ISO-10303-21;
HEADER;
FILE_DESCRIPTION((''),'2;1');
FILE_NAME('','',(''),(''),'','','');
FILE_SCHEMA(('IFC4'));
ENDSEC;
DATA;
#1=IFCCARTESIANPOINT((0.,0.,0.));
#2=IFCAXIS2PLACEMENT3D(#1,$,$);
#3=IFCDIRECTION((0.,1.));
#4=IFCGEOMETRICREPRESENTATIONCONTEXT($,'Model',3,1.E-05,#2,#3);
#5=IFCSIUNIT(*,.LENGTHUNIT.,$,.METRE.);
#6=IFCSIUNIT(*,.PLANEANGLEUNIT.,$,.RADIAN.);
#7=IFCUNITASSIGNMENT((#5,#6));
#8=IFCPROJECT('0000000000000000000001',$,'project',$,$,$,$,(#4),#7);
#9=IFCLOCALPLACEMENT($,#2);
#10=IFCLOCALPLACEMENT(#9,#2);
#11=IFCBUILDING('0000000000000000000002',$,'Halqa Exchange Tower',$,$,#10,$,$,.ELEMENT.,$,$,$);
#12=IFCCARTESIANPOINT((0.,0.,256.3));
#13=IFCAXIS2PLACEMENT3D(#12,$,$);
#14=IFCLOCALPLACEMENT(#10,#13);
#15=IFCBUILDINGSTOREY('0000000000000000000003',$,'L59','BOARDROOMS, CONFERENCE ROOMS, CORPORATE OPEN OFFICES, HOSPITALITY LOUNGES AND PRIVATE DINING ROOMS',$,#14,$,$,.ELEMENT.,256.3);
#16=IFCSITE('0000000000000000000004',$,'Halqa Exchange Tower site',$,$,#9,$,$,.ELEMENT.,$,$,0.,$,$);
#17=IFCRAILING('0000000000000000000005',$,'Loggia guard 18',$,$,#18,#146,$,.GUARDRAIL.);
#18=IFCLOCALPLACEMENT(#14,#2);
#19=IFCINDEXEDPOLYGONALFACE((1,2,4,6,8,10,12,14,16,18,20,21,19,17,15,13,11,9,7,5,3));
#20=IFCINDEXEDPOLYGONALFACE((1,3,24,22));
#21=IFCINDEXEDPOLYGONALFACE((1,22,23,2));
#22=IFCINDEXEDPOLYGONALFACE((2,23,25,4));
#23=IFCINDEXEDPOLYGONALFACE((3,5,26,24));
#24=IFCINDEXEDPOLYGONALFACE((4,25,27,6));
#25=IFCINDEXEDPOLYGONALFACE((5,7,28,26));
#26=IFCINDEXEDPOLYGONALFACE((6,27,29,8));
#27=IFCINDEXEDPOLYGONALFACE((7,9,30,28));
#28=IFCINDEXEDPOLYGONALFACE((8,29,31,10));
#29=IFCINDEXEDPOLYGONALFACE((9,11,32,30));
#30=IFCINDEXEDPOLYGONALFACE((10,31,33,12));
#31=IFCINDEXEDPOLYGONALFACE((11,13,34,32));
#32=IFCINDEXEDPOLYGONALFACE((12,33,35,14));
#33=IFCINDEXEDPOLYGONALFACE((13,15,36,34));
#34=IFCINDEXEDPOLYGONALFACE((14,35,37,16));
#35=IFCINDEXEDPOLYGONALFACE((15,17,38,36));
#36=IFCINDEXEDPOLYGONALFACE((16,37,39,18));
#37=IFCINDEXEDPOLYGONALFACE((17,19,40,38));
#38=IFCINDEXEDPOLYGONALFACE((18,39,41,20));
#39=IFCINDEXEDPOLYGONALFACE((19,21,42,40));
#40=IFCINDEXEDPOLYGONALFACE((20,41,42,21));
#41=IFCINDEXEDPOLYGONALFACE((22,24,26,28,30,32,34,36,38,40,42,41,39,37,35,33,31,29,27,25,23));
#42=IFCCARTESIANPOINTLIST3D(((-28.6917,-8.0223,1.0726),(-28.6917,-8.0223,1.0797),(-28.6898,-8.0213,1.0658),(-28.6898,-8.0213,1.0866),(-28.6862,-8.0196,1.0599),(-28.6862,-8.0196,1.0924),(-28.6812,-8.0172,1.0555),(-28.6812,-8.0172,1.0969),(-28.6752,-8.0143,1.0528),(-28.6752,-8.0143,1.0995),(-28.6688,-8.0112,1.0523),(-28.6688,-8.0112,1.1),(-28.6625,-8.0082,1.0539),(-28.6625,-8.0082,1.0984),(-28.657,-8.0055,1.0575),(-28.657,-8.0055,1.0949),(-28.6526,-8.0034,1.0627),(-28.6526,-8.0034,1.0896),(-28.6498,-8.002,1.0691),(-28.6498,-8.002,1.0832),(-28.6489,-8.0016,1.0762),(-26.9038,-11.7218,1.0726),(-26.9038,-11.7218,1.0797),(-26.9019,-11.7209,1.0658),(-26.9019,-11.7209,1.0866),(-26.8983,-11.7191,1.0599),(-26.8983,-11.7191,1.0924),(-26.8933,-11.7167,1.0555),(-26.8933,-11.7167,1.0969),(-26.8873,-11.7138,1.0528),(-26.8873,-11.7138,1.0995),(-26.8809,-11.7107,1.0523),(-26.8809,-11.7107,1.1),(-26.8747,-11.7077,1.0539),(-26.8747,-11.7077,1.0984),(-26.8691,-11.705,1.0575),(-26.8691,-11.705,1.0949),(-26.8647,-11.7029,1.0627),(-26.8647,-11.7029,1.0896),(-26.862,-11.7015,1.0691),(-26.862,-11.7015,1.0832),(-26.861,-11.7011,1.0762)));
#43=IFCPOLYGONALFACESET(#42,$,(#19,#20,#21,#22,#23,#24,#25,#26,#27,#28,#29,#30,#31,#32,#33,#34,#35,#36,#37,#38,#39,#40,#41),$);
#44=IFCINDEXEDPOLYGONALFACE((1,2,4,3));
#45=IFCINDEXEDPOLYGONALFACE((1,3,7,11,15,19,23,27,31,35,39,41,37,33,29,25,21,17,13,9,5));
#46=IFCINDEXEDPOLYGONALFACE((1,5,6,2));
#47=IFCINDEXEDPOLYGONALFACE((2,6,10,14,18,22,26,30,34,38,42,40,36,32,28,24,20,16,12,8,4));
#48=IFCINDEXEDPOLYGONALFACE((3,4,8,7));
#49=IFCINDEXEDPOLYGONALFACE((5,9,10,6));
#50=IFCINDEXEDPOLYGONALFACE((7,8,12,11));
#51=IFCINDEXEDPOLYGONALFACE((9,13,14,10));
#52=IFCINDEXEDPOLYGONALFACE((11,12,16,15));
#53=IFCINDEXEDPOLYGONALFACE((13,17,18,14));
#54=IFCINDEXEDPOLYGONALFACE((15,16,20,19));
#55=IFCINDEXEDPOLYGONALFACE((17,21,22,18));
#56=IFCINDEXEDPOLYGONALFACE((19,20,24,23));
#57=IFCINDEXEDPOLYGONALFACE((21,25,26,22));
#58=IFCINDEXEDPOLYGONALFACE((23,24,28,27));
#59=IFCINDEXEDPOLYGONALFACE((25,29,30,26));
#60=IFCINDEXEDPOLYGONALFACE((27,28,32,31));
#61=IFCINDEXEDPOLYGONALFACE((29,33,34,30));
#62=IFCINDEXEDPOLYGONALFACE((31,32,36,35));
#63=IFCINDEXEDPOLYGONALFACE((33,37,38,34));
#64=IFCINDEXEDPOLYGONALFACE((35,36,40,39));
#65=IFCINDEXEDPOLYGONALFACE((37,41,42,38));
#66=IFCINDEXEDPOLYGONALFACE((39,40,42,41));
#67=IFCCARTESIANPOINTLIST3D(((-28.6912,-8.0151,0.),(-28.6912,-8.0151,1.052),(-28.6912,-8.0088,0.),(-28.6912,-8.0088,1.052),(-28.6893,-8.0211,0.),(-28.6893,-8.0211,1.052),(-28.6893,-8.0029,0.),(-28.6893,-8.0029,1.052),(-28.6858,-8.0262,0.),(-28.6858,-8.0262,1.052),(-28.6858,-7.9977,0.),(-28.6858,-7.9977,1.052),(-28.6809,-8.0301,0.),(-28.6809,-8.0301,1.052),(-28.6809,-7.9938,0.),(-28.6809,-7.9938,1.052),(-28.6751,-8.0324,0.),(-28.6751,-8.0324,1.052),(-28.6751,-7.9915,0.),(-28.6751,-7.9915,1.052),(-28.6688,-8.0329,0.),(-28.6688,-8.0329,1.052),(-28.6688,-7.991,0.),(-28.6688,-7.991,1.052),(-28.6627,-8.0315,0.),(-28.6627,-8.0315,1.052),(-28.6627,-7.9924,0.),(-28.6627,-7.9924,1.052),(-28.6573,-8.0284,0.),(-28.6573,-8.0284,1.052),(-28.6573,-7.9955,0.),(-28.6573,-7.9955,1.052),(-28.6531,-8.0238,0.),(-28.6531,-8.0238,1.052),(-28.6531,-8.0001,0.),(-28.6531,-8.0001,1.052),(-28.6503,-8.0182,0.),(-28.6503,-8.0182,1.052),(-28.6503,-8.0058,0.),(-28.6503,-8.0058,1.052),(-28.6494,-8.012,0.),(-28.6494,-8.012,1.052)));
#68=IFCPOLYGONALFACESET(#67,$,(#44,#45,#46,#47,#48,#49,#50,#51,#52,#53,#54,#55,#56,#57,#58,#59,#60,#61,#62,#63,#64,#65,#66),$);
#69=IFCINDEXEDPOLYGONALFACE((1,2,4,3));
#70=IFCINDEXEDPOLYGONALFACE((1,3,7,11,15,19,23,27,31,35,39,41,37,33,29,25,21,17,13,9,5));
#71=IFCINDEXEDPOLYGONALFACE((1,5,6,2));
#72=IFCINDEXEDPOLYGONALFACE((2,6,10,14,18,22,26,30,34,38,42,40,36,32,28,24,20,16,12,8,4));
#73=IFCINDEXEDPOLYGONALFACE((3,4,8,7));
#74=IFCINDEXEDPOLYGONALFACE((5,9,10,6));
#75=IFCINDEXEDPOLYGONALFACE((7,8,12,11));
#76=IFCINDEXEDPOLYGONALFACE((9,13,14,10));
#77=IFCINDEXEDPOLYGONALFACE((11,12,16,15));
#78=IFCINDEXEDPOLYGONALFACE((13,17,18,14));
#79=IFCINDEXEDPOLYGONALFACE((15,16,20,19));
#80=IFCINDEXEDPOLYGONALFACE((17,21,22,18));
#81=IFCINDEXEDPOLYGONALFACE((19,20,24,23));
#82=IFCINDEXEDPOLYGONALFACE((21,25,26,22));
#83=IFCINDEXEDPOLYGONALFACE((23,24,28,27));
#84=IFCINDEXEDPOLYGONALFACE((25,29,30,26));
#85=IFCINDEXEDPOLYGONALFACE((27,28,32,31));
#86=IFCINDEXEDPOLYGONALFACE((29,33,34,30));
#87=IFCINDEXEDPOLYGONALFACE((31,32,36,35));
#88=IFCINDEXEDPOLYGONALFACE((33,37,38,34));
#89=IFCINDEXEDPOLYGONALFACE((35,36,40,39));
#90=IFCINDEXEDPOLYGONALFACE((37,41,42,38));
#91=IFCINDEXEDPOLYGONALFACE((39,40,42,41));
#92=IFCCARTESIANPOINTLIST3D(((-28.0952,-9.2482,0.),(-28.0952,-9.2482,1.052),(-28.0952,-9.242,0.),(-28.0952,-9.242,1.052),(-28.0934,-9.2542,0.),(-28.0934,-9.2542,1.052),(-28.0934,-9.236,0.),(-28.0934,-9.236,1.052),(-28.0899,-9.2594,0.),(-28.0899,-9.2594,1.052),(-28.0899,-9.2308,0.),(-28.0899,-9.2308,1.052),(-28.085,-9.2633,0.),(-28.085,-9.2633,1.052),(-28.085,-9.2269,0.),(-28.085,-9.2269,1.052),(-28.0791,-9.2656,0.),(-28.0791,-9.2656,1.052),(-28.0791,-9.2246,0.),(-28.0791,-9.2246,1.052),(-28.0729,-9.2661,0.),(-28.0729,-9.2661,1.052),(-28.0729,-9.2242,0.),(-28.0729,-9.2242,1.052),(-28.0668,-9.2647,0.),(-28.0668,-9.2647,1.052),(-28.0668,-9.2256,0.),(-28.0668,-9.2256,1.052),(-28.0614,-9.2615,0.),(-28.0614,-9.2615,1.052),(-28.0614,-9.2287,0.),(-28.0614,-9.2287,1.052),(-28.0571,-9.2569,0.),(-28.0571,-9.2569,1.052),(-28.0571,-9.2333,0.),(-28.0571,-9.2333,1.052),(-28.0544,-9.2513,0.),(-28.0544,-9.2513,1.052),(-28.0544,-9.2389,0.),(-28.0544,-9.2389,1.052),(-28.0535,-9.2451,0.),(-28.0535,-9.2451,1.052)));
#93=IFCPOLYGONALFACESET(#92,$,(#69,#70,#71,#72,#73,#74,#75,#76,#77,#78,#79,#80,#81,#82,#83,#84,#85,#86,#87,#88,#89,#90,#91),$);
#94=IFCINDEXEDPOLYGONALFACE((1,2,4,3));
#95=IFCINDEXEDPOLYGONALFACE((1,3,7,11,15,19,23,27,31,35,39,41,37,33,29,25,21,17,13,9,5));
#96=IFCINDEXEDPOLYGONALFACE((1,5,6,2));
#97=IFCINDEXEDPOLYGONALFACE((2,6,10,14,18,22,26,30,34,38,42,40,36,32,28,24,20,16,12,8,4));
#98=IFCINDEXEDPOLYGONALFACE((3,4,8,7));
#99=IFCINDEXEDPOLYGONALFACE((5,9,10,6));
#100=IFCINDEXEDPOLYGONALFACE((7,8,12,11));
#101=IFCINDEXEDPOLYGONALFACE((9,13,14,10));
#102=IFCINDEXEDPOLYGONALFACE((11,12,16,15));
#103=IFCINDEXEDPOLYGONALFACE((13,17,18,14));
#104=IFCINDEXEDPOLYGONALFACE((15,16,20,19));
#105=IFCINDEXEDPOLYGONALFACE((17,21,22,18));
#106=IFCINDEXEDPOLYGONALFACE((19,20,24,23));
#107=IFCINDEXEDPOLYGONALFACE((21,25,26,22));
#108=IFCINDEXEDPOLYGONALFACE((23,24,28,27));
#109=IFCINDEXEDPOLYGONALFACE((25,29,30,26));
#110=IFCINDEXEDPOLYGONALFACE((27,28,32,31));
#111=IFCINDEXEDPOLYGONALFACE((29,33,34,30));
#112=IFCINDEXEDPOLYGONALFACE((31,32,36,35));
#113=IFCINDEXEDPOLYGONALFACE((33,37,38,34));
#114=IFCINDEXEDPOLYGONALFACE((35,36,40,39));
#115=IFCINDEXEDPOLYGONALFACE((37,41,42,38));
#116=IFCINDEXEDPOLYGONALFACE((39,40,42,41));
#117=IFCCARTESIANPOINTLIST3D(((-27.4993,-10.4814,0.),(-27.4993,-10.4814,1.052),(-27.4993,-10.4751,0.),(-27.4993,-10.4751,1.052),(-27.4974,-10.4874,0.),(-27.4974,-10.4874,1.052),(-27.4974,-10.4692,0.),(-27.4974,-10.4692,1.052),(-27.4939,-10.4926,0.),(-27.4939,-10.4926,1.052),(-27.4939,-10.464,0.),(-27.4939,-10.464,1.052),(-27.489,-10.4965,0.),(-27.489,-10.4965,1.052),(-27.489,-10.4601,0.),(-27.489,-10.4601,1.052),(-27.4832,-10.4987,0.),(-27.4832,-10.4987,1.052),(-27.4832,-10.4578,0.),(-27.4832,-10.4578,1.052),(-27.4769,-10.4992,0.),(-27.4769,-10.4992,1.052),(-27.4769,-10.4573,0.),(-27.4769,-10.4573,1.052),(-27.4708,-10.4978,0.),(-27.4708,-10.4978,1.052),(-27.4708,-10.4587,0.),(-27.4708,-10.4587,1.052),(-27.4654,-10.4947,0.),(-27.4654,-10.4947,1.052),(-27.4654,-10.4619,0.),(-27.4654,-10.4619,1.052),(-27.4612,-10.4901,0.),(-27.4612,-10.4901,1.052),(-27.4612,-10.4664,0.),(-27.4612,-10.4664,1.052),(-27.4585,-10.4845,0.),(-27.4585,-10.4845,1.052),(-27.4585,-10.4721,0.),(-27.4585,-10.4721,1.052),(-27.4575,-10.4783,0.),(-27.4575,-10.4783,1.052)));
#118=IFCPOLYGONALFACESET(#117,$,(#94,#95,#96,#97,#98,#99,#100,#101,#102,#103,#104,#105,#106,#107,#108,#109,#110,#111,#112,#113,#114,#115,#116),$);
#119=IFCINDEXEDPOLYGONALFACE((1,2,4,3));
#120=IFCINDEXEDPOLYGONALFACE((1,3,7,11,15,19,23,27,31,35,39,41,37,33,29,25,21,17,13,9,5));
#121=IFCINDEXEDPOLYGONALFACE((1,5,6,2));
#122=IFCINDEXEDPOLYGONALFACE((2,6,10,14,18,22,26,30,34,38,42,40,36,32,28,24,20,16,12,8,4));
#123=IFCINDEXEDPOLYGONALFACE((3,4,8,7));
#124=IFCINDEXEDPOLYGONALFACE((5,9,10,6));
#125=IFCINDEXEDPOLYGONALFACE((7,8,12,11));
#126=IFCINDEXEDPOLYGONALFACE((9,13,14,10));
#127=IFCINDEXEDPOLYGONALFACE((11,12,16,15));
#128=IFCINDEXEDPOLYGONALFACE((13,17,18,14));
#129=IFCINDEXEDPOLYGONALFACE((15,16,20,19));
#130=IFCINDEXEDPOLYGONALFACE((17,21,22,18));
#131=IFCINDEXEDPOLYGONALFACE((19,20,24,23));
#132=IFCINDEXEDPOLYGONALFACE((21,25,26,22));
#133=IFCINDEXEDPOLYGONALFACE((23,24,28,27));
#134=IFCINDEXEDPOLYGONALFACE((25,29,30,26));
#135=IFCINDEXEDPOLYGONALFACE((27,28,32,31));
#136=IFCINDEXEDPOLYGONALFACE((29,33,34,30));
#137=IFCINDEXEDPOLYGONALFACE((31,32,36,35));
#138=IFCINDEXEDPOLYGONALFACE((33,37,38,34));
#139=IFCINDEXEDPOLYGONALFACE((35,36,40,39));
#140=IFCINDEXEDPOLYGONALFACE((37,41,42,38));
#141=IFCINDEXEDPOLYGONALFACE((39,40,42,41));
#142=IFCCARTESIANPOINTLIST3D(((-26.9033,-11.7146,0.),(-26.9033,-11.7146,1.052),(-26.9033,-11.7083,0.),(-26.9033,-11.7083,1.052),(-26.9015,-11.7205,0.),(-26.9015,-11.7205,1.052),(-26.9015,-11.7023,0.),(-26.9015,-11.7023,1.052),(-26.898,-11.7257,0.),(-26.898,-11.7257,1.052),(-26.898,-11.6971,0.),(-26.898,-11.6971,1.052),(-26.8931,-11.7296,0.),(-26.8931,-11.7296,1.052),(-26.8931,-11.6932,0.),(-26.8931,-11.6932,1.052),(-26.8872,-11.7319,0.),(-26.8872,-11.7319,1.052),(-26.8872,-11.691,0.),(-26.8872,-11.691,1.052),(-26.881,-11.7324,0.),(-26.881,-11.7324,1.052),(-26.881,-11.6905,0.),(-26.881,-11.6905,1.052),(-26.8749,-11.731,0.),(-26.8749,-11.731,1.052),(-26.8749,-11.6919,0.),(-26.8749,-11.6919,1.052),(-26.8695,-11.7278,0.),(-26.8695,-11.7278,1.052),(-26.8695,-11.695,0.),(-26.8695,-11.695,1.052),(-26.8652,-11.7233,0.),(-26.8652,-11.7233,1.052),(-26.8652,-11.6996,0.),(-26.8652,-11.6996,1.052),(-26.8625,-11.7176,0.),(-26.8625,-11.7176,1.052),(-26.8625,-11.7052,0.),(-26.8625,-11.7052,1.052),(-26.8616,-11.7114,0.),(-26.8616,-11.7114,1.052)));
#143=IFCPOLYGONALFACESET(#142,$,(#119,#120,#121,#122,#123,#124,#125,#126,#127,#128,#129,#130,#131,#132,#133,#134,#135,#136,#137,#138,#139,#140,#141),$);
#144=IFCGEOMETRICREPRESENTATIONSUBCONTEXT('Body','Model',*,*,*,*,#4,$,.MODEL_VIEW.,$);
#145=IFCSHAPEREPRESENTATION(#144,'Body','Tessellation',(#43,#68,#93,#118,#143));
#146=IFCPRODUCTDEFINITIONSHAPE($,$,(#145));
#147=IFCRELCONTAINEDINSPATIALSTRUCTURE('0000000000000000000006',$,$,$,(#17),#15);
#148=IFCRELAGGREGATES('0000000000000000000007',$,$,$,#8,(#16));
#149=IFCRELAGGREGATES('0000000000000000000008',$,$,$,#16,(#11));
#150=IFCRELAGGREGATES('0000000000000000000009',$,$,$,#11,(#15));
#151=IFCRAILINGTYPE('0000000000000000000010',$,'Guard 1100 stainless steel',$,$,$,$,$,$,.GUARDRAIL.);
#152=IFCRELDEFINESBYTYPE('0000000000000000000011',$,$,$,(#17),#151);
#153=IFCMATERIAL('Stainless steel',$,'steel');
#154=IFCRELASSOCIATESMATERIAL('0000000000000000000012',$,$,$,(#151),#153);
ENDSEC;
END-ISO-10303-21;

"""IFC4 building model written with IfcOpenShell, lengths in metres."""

from ifc_helpers import new_model, si_unit, direction, frame, origin, origin_2d, place, context, subcontext, project, spatial, circle, extrude, material, type_object, element, save


model = new_model("IFC4")

# Units and contexts
model_context = context("Model", 3, precision=1e-05, world=origin(), true_north=direction((0.0, 1.0)))
body_context = subcontext(model_context, "Body", "Model", "MODEL_VIEW")
ifc_project = project(units=[si_unit("LENGTHUNIT", "METRE"), si_unit("PLANEANGLEUNIT", "RADIAN")], contexts=[model_context])

# Site, building, storey
site_placement = place(None, origin())
site = spatial("IfcSite", under=ifc_project, at=site_placement, Name="Halqa Exchange Tower site", CompositionType="ELEMENT", RefElevation=0.0)
building_placement = place(site_placement, origin())
building = spatial("IfcBuilding", under=site, at=building_placement, Name="Halqa Exchange Tower", CompositionType="ELEMENT")
storey_placement = place(building_placement, frame((0.0, 0.0, 256.3)))
storey = spatial("IfcBuildingStorey", under=building, at=storey_placement, Name="L59", Description="BOARDROOMS, CONFERENCE ROOMS, CORPORATE OPEN OFFICES, HOSPITALITY LOUNGES AND PRIVATE DINING ROOMS", CompositionType="ELEMENT", Elevation=256.3)

# Railing
ifc_material_1 = material(Name="Stainless steel", Category="steel")
railing_type = type_object("IfcRailingType", Name="Guard 1100 stainless steel", PredefinedType="GUARDRAIL", material=ifc_material_1)
railing_1_placement = place(storey_placement, frame((-28.6704, -8.012, 0.0)))
element("IfcRailing", 1, at=railing_1_placement, inside=storey, type_object=railing_type, Name="Loggia guard 18", PredefinedType="GUARDRAIL", context=body_context, shape_type="SweptSolid", body=[
    extrude(circle(Radius=0.0239, at=origin_2d()), frame((0.0, 0.0, 1.0762), z_axis=(0.435123, -0.900371, 0.0), x_axis=(0.900371, 0.435123, 0.0)), (0.0, 0.0, 1.0), 4.1089),
    extrude(circle(Radius=0.021, at=origin_2d()), origin(), (0.0, 0.0, 1.0), 1.052),
    extrude(circle(Radius=0.021, at=origin_2d()), frame((0.5959, -1.2332, 0.0)), (0.0, 0.0, 1.0), 1.052),
    extrude(circle(Radius=0.021, at=origin_2d()), frame((1.1919, -2.4663, 0.0)), (0.0, 0.0, 1.0), 1.052),
    extrude(circle(Radius=0.021, at=origin_2d()), frame((1.7878, -3.6995, 0.0)), (0.0, 0.0, 1.0), 1.052),
])

save(model, "model.ifc")
